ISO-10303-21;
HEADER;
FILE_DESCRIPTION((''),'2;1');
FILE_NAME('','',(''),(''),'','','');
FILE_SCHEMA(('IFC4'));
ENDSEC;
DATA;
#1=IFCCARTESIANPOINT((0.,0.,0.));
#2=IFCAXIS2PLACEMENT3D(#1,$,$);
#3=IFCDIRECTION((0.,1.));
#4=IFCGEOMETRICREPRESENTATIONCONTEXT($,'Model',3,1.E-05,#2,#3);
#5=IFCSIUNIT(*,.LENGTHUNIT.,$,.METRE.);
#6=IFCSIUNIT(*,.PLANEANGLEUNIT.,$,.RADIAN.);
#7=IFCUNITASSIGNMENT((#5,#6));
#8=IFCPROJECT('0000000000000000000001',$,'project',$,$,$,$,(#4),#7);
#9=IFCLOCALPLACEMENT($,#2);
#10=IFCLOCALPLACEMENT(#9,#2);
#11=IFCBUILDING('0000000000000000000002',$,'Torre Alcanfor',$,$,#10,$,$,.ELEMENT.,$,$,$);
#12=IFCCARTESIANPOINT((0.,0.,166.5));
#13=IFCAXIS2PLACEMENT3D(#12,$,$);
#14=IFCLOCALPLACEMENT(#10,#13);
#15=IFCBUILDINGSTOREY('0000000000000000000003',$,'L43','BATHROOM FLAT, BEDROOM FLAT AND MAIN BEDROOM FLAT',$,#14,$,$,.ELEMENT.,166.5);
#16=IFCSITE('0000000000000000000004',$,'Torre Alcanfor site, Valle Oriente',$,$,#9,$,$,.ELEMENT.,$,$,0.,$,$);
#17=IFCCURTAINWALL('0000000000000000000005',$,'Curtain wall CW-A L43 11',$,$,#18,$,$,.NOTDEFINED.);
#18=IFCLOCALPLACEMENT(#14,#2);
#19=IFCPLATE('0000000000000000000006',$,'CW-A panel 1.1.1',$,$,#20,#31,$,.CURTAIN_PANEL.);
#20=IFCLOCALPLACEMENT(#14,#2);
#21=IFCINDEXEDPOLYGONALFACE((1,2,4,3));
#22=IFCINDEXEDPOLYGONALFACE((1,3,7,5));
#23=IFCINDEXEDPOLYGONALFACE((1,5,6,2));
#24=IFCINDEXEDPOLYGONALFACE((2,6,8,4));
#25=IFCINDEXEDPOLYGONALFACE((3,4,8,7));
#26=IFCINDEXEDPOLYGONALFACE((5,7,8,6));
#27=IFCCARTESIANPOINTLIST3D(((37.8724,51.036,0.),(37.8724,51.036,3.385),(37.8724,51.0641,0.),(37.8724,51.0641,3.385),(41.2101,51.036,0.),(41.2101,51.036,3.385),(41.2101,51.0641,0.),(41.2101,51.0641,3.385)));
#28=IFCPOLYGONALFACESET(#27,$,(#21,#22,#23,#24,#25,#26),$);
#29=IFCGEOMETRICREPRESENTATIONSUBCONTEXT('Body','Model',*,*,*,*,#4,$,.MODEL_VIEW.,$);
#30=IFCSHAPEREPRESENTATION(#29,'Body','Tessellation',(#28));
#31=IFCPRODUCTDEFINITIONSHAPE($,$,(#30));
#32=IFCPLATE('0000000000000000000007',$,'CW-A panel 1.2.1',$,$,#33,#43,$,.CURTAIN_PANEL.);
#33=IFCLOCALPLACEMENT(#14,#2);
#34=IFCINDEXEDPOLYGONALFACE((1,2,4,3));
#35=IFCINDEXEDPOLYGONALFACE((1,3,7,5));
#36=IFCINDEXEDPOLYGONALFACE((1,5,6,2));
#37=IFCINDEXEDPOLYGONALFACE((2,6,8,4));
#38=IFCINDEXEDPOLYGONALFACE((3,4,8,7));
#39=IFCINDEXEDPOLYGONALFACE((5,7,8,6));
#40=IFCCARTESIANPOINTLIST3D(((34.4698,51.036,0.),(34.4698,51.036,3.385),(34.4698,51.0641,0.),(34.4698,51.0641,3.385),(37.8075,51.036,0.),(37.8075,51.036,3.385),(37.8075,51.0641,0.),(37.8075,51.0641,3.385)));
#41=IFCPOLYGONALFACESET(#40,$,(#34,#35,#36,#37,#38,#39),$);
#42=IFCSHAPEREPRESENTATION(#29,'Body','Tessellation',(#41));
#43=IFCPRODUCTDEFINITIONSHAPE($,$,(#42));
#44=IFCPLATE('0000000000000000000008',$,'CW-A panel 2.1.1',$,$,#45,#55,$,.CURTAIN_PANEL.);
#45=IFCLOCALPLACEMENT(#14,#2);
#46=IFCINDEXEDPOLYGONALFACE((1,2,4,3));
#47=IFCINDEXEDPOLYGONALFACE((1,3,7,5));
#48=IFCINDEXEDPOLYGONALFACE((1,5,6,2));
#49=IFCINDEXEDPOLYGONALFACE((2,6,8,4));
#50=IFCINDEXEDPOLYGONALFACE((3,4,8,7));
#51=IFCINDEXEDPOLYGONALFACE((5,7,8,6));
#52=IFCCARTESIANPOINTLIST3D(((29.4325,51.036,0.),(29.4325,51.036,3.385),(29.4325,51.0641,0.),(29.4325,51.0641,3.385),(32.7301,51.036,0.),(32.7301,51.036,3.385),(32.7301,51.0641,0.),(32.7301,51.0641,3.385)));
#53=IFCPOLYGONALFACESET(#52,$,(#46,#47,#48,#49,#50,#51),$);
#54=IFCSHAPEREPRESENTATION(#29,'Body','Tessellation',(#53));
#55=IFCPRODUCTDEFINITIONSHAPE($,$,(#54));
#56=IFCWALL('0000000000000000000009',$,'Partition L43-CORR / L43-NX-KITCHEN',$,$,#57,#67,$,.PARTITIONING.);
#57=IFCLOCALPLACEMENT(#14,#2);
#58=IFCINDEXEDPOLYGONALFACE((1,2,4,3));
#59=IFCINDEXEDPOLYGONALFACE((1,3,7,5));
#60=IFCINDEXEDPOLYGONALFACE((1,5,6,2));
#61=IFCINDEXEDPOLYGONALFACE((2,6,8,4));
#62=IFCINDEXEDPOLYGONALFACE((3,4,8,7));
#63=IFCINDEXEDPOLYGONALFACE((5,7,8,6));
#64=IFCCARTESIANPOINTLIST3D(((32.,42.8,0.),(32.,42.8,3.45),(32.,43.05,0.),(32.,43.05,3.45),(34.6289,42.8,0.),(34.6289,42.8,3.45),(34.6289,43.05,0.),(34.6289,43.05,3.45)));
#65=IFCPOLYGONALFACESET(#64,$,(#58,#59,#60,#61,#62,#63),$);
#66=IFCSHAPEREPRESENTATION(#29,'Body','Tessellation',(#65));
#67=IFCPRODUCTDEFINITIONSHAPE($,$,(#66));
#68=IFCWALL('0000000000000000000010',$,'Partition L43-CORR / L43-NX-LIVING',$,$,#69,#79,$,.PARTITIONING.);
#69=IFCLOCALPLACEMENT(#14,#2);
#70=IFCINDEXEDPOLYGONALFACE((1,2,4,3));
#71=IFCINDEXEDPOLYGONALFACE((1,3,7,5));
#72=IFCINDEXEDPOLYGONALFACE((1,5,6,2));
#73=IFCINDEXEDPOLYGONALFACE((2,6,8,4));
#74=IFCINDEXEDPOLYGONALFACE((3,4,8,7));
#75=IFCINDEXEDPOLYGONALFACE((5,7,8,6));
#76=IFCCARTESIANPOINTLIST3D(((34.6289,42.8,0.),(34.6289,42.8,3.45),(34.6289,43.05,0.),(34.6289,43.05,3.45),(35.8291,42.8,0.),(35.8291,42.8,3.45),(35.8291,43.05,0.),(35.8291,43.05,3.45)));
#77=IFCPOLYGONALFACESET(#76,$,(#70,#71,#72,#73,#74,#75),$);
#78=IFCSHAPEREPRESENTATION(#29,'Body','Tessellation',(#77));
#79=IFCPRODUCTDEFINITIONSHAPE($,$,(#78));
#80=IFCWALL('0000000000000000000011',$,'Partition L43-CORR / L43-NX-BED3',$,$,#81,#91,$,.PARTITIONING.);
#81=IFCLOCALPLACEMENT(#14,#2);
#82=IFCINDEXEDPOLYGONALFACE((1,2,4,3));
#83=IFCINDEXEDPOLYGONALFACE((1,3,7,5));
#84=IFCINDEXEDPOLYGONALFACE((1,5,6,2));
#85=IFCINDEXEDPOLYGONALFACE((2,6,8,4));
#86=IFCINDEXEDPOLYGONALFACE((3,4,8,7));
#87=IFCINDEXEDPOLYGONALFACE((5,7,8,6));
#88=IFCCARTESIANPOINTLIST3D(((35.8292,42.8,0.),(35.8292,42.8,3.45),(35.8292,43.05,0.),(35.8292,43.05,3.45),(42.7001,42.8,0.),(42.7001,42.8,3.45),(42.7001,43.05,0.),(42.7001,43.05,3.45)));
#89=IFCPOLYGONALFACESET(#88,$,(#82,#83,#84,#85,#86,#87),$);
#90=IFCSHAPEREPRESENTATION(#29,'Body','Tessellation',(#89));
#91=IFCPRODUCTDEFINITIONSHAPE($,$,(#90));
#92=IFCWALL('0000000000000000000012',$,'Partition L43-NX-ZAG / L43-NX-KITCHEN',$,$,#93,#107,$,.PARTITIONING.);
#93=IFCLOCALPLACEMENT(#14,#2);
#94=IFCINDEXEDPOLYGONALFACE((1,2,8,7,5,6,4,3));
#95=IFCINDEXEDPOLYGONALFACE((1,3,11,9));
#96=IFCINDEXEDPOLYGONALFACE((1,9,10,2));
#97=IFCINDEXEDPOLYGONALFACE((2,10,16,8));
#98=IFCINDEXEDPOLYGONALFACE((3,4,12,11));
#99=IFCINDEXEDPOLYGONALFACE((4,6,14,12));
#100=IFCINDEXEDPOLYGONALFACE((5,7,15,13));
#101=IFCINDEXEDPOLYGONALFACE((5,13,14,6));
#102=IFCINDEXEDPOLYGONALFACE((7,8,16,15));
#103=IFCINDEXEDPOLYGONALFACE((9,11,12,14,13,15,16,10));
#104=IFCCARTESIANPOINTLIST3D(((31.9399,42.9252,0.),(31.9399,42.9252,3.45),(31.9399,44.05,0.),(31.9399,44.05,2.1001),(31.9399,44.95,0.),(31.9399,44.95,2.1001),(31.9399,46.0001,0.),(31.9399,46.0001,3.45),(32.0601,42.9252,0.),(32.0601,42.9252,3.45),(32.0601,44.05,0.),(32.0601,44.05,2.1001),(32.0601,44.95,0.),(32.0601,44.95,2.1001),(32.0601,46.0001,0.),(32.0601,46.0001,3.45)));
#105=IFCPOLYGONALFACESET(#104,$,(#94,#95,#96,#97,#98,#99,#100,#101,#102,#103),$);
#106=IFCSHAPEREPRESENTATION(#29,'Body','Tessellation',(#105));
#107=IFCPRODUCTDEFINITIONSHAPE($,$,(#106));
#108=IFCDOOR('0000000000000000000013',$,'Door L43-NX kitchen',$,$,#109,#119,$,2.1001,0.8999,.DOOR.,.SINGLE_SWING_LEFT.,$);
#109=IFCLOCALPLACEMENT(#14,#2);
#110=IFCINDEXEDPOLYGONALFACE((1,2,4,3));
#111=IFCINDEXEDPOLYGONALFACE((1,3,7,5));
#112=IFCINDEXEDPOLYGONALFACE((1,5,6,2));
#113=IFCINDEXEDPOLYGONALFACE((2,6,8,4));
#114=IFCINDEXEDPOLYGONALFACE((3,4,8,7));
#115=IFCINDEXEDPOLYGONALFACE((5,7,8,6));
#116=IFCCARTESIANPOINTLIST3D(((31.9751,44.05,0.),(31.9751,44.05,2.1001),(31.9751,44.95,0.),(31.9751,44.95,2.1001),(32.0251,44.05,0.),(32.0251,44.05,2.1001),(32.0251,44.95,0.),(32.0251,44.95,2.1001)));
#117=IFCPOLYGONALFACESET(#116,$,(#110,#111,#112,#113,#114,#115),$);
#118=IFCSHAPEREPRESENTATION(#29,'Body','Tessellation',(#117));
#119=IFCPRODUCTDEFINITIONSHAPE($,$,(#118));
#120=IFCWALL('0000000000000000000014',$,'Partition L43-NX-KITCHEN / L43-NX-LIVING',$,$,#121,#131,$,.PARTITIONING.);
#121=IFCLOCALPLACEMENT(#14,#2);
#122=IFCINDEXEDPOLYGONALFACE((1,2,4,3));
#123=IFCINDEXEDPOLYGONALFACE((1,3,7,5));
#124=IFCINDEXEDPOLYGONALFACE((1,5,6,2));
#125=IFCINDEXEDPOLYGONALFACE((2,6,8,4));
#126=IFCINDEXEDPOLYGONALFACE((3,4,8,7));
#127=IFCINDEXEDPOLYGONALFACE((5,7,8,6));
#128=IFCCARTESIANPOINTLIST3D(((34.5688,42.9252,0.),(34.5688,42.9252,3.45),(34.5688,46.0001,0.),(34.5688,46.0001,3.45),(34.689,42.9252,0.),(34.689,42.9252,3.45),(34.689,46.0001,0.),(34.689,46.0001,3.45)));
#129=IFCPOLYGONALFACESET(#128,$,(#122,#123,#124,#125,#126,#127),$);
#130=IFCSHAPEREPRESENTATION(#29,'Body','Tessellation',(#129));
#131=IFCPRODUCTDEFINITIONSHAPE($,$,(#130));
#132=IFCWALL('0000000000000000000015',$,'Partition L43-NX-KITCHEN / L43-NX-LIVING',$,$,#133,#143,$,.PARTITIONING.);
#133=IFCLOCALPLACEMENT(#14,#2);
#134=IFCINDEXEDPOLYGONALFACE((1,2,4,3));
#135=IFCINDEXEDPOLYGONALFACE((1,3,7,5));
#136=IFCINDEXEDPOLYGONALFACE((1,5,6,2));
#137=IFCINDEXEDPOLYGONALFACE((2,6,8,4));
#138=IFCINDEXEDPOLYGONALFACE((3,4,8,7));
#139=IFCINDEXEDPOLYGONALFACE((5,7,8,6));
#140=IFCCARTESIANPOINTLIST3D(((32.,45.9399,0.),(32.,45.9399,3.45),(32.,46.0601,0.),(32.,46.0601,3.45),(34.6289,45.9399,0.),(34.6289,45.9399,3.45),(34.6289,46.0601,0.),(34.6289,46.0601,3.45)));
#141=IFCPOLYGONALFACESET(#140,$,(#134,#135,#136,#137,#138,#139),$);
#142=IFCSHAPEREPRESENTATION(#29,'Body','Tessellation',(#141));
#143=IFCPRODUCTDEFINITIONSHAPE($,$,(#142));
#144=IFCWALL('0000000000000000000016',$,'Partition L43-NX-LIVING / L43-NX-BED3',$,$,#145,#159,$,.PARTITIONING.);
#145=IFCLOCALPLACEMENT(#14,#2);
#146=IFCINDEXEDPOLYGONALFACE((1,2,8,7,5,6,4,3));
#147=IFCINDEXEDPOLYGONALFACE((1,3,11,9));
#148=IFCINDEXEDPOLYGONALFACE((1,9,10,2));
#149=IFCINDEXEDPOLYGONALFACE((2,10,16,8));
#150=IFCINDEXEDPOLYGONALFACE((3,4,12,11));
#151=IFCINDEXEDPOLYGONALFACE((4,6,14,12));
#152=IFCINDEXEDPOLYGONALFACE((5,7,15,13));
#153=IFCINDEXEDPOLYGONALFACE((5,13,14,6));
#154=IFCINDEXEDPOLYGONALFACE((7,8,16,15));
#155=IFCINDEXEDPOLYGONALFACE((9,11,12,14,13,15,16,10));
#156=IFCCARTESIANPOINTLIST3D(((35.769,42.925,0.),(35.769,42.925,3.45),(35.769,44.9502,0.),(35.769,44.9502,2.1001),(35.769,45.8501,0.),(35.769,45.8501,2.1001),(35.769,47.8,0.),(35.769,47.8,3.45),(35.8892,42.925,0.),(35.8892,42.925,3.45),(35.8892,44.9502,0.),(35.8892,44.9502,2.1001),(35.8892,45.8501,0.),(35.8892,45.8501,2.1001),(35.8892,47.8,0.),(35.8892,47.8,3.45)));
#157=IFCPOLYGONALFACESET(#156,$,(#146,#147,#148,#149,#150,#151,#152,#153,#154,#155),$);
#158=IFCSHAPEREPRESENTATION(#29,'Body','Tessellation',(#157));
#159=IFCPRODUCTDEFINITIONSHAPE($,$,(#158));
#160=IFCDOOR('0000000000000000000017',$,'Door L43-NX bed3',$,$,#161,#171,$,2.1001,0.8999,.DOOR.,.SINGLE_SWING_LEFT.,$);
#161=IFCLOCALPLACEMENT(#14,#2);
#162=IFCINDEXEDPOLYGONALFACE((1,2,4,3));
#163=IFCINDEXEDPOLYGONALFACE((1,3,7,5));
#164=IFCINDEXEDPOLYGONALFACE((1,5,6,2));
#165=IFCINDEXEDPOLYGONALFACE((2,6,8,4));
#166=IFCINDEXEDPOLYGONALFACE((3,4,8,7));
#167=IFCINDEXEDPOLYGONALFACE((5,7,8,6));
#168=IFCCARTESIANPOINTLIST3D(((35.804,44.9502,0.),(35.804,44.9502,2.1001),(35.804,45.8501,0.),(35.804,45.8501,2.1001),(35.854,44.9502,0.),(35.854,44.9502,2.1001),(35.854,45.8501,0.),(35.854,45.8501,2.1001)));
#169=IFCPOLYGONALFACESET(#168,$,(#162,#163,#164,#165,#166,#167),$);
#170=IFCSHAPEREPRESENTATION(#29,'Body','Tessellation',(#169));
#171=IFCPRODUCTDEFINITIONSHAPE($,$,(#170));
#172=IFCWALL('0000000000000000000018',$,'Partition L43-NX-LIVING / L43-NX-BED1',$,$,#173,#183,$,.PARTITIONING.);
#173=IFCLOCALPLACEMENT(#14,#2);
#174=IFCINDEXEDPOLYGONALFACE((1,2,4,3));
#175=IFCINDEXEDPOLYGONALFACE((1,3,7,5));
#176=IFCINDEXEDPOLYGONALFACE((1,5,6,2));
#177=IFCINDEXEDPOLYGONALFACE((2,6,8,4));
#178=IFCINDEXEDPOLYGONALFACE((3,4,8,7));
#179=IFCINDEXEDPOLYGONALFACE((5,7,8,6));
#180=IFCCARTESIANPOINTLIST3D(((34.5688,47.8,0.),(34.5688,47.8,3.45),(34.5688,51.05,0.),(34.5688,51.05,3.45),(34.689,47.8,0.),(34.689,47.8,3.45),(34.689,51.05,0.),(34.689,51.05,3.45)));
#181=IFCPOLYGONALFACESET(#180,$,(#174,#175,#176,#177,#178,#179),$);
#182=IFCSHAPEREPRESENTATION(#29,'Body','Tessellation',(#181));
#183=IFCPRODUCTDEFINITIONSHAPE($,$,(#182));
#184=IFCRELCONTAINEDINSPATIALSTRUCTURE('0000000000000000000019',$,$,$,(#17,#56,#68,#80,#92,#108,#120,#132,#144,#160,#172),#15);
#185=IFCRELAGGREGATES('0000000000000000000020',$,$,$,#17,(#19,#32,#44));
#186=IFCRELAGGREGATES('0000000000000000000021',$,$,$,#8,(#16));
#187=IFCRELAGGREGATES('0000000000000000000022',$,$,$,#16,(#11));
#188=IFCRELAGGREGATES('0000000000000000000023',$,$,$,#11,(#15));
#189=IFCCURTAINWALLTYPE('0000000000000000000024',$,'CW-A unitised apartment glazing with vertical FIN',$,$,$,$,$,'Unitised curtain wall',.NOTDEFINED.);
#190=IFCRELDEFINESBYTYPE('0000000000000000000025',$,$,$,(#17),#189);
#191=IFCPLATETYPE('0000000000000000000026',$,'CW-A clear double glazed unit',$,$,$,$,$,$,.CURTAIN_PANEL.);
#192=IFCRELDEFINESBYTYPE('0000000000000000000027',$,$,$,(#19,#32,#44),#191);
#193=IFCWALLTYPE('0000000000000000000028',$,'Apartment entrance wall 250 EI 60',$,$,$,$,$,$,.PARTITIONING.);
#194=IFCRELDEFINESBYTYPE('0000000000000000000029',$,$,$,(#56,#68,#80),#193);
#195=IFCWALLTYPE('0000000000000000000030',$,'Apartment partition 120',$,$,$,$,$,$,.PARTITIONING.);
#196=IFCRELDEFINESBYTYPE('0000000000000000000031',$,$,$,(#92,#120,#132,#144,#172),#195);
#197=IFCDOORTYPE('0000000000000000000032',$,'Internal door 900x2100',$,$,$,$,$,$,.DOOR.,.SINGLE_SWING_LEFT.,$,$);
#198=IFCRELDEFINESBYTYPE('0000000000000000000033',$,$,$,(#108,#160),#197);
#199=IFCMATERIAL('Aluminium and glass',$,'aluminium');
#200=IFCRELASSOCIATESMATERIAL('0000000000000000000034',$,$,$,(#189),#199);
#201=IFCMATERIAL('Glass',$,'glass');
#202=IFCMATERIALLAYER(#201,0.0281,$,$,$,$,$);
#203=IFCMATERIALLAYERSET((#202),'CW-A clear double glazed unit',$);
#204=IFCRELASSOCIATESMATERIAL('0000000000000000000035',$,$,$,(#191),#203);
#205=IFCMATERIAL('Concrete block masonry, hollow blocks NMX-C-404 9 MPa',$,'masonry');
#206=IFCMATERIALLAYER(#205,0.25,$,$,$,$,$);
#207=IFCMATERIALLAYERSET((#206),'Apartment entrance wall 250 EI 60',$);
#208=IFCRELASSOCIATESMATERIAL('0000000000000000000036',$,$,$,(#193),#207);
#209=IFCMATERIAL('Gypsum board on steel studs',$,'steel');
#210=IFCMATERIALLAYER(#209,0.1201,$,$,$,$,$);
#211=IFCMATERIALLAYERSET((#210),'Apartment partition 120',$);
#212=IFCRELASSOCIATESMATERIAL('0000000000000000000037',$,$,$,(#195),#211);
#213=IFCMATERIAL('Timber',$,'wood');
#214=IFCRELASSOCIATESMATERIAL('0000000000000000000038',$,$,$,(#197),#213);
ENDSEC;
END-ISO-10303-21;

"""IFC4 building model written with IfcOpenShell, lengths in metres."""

from ifc_helpers import new_model, si_unit, direction, frame, frame_2d, origin, origin_2d, place, context, subcontext, project, spatial, rectangle, extrude, material, layer, layer_set, type_object, element, fill, aggregate, save


model = new_model("IFC4")

# Units and contexts
model_context = context("Model", 3, precision=1e-05, world=origin(), true_north=direction((0.0, 1.0)))
body_context = subcontext(model_context, "Body", "Model", "MODEL_VIEW")
ifc_project = project(units=[si_unit("LENGTHUNIT", "METRE"), si_unit("PLANEANGLEUNIT", "RADIAN")], contexts=[model_context])

# Site, building, storey
site_placement = place(None, origin())
site = spatial("IfcSite", under=ifc_project, at=site_placement, Name="Torre Alcanfor site, Valle Oriente", CompositionType="ELEMENT", RefElevation=0.0)
building_placement = place(site_placement, origin())
building = spatial("IfcBuilding", under=site, at=building_placement, Name="Torre Alcanfor", CompositionType="ELEMENT")
storey_placement = place(building_placement, frame((0.0, 0.0, 166.5)))
storey = spatial("IfcBuildingStorey", under=building, at=storey_placement, Name="L43", Description="BATHROOM FLAT, BEDROOM FLAT AND MAIN BEDROOM FLAT", CompositionType="ELEMENT", Elevation=166.5)

# Curtain wall
ifc_material_1 = material(Name="Aluminium and glass", Category="aluminium")
curtain_wall_type = type_object("IfcCurtainWallType", Name="CW-A unitised apartment glazing with vertical FIN", ElementType="Unitised curtain wall", PredefinedType="NOTDEFINED", material=ifc_material_1)
curtain_wall_placement = place(storey_placement, origin())
curtain_wall = element("IfcCurtainWall", 1, at=curtain_wall_placement, inside=storey, type_object=curtain_wall_type, Name="Curtain wall CW-A L43 11", PredefinedType="NOTDEFINED")

# Plates
ifc_material_2 = material(Name="Glass", Category="glass")
ifc_layer_1 = layer(ifc_material_2, 0.0281)
ifc_layer_set_1 = layer_set([ifc_layer_1], Name="CW-A clear double glazed unit")
plate_type = type_object("IfcPlateType", Name="CW-A clear double glazed unit", PredefinedType="CURTAIN_PANEL", material=ifc_layer_set_1)
plate_1_placement = place(storey_placement, frame((39.5413, 51.05, 0.0), z_axis=(0.0, 0.0, 1.0), x_axis=(-1.0, 0.0, 0.0)))
plate_1 = element("IfcPlate", 2, at=plate_1_placement, type_object=plate_type, Name="CW-A panel 1.1.1", PredefinedType="CURTAIN_PANEL", context=body_context, shape_type="SweptSolid", body=[
    extrude(rectangle(XDim=3.3376, YDim=0.0281, at=origin_2d()), origin(), (0.0, 0.0, 1.0), 3.385),
])
plate_2_placement = place(storey_placement, frame((36.1387, 51.05, 0.0), z_axis=(0.0, 0.0, 1.0), x_axis=(-1.0, 0.0, 0.0)))
plate_2 = element("IfcPlate", 3, at=plate_2_placement, type_object=plate_type, Name="CW-A panel 1.2.1", PredefinedType="CURTAIN_PANEL", context=body_context, shape_type="SweptSolid", body=[
    extrude(rectangle(XDim=3.3376, YDim=0.0281, at=origin_2d()), origin(), (0.0, 0.0, 1.0), 3.385),
])
plate_3_placement = place(storey_placement, frame((31.0813, 51.05, 0.0), z_axis=(0.0, 0.0, 1.0), x_axis=(-1.0, 0.0, 0.0)))
plate_3 = element("IfcPlate", 4, at=plate_3_placement, type_object=plate_type, Name="CW-A panel 2.1.1", PredefinedType="CURTAIN_PANEL", context=body_context, shape_type="SweptSolid", body=[
    extrude(rectangle(XDim=3.2976, YDim=0.0281, at=origin_2d()), origin(), (0.0, 0.0, 1.0), 3.385),
])
aggregate(curtain_wall, [plate_1, plate_2, plate_3])

# Walls
ifc_material_3 = material(Name="Concrete block masonry, hollow blocks NMX-C-404 9 MPa", Category="masonry")
ifc_layer_2 = layer(ifc_material_3, 0.25)
ifc_layer_set_2 = layer_set([ifc_layer_2], Name="Apartment entrance wall 250 EI 60")
wall_type_1 = type_object("IfcWallType", Name="Apartment entrance wall 250 EI 60", PredefinedType="PARTITIONING", material=ifc_layer_set_2)
wall_1_placement = place(storey_placement, frame((32.0, 42.925, 0.0), z_axis=(0.0, 0.0, 1.0), x_axis=(1.0, 0.0, 0.0)))
element("IfcWall", 5, at=wall_1_placement, inside=storey, type_object=wall_type_1, Name="Partition L43-CORR / L43-NX-KITCHEN", PredefinedType="PARTITIONING", context=body_context, shape_type="SweptSolid", body=[
    extrude(rectangle(XDim=2.6289, YDim=0.25, at=frame_2d((1.3145, 0.0))), origin(), (0.0, 0.0, 1.0), 3.45),
])
wall_2_placement = place(storey_placement, frame((34.6289, 42.925, 0.0), z_axis=(0.0, 0.0, 1.0), x_axis=(1.0, 0.0, 0.0)))
element("IfcWall", 6, at=wall_2_placement, inside=storey, type_object=wall_type_1, Name="Partition L43-CORR / L43-NX-LIVING", PredefinedType="PARTITIONING", context=body_context, shape_type="SweptSolid", body=[
    extrude(rectangle(XDim=1.2002, YDim=0.25, at=frame_2d((0.6001, 0.0))), origin(), (0.0, 0.0, 1.0), 3.45),
])
wall_3_placement = place(storey_placement, frame((35.8291, 42.925, 0.0), z_axis=(0.0, 0.0, 1.0), x_axis=(1.0, 0.0, 0.0)))
element("IfcWall", 7, at=wall_3_placement, inside=storey, type_object=wall_type_1, Name="Partition L43-CORR / L43-NX-BED3", PredefinedType="PARTITIONING", context=body_context, shape_type="SweptSolid", body=[
    extrude(rectangle(XDim=6.8708, YDim=0.25, at=frame_2d((3.4355, 0.0))), origin(), (0.0, 0.0, 1.0), 3.45),
])

# Wall, opening, door
ifc_material_4 = material(Name="Gypsum board on steel studs", Category="steel")
ifc_layer_3 = layer(ifc_material_4, 0.1201)
ifc_layer_set_3 = layer_set([ifc_layer_3], Name="Apartment partition 120")
wall_type_2 = type_object("IfcWallType", Name="Apartment partition 120", PredefinedType="PARTITIONING", material=ifc_layer_set_3)
wall_4_placement = place(storey_placement, frame((32.0, 42.925, 0.0), z_axis=(0.0, 0.0, 1.0), x_axis=(0.0, 1.0, 0.0)))
wall_4 = element("IfcWall", 8, at=wall_4_placement, inside=storey, type_object=wall_type_2, Name="Partition L43-NX-ZAG / L43-NX-KITCHEN", PredefinedType="PARTITIONING", context=body_context, shape_type="SweptSolid", body=[
    extrude(rectangle(XDim=3.075, YDim=0.1201, at=frame_2d((1.5376, 0.0))), origin(), (0.0, 0.0, 1.0), 3.45),
])
opening_1_placement = place(wall_4_placement, frame((1.125, 0.0, 0.0)))
opening_1 = element("IfcOpeningElement", 9, at=opening_1_placement, cuts=wall_4, PredefinedType="OPENING", context=body_context, shape_type="SweptSolid", body=[
    extrude(rectangle(XDim=0.8999, YDim=2.1001, at=frame_2d((0.45, 1.05))), frame((0.0, 0.0701, 0.0), z_axis=(0.0, -1.0, 0.0), x_axis=(1.0, 0.0, 0.0)), (0.0, 0.0, 1.0), 0.1401),
])
ifc_material_5 = material(Name="Timber", Category="wood")
door_type_1 = type_object("IfcDoorType", Name="Internal door 900x2100", OperationType="SINGLE_SWING_LEFT", PredefinedType="DOOR", material=ifc_material_5)
door_1_placement = place(opening_1_placement, frame((0.8999, 0.0, 0.0), z_axis=(0.0, 0.0, 1.0), x_axis=(-1.0, 0.0, 0.0)))
door_1 = element("IfcDoor", 10, at=door_1_placement, inside=storey, type_object=door_type_1, Name="Door L43-NX kitchen", OperationType="SINGLE_SWING_LEFT", OverallHeight=2.1001, OverallWidth=0.8999, PredefinedType="DOOR", context=body_context, shape_type="SweptSolid", body=[
    extrude(rectangle(XDim=0.8999, YDim=2.1001, at=frame_2d((0.45, 1.05))), frame((0.0, 0.0251, 0.0), z_axis=(0.0, -1.0, 0.0), x_axis=(1.0, 0.0, 0.0)), (0.0, 0.0, 1.0), 0.05),
])
fill(opening_1, door_1)

# Walls
wall_5_placement = place(storey_placement, frame((34.6289, 42.925, 0.0), z_axis=(0.0, 0.0, 1.0), x_axis=(0.0, 1.0, 0.0)))
element("IfcWall", 11, at=wall_5_placement, inside=storey, type_object=wall_type_2, Name="Partition L43-NX-KITCHEN / L43-NX-LIVING", PredefinedType="PARTITIONING", context=body_context, shape_type="SweptSolid", body=[
    extrude(rectangle(XDim=3.075, YDim=0.1201, at=frame_2d((1.5376, 0.0))), origin(), (0.0, 0.0, 1.0), 3.45),
])
wall_6_placement = place(storey_placement, frame((34.6289, 46.0, 0.0), z_axis=(0.0, 0.0, 1.0), x_axis=(-1.0, 0.0, 0.0)))
element("IfcWall", 12, at=wall_6_placement, inside=storey, type_object=wall_type_2, Name="Partition L43-NX-KITCHEN / L43-NX-LIVING", PredefinedType="PARTITIONING", context=body_context, shape_type="SweptSolid", body=[
    extrude(rectangle(XDim=2.6289, YDim=0.1201, at=frame_2d((1.3145, 0.0))), origin(), (0.0, 0.0, 1.0), 3.45),
])

# Wall, opening, door
wall_7_placement = place(storey_placement, frame((35.8291, 47.8, 0.0), z_axis=(0.0, 0.0, 1.0), x_axis=(0.0, -1.0, 0.0)))
wall_7 = element("IfcWall", 13, at=wall_7_placement, inside=storey, type_object=wall_type_2, Name="Partition L43-NX-LIVING / L43-NX-BED3", PredefinedType="PARTITIONING", context=body_context, shape_type="SweptSolid", body=[
    extrude(rectangle(XDim=4.875, YDim=0.1201, at=frame_2d((2.4375, 0.0))), origin(), (0.0, 0.0, 1.0), 3.45),
])
opening_2_placement = place(wall_7_placement, frame((1.95, 0.0, 0.0)))
opening_2 = element("IfcOpeningElement", 14, at=opening_2_placement, cuts=wall_7, PredefinedType="OPENING", context=body_context, shape_type="SweptSolid", body=[
    extrude(rectangle(XDim=0.8999, YDim=2.1001, at=frame_2d((0.45, 1.05))), frame((0.0, 0.0701, 0.0), z_axis=(0.0, -1.0, 0.0), x_axis=(1.0, 0.0, 0.0)), (0.0, 0.0, 1.0), 0.1401),
])
door_2_placement = place(opening_2_placement, origin())
door_2 = element("IfcDoor", 15, at=door_2_placement, inside=storey, type_object=door_type_1, Name="Door L43-NX bed3", OperationType="SINGLE_SWING_LEFT", OverallHeight=2.1001, OverallWidth=0.8999, PredefinedType="DOOR", context=body_context, shape_type="SweptSolid", body=[
    extrude(rectangle(XDim=0.8999, YDim=2.1001, at=frame_2d((0.45, 1.05))), frame((0.0, 0.0249, 0.0), z_axis=(0.0, -1.0, 0.0), x_axis=(1.0, 0.0, 0.0)), (0.0, 0.0, 1.0), 0.05),
])
fill(opening_2, door_2)

# Wall
wall_8_placement = place(storey_placement, frame((34.6289, 51.05, 0.0), z_axis=(0.0, 0.0, 1.0), x_axis=(0.0, -1.0, 0.0)))
element("IfcWall", 16, at=wall_8_placement, inside=storey, type_object=wall_type_2, Name="Partition L43-NX-LIVING / L43-NX-BED1", PredefinedType="PARTITIONING", context=body_context, shape_type="SweptSolid", body=[
    extrude(rectangle(XDim=3.25, YDim=0.1201, at=frame_2d((1.625, 0.0))), origin(), (0.0, 0.0, 1.0), 3.45),
])

save(model, "model.ifc")
